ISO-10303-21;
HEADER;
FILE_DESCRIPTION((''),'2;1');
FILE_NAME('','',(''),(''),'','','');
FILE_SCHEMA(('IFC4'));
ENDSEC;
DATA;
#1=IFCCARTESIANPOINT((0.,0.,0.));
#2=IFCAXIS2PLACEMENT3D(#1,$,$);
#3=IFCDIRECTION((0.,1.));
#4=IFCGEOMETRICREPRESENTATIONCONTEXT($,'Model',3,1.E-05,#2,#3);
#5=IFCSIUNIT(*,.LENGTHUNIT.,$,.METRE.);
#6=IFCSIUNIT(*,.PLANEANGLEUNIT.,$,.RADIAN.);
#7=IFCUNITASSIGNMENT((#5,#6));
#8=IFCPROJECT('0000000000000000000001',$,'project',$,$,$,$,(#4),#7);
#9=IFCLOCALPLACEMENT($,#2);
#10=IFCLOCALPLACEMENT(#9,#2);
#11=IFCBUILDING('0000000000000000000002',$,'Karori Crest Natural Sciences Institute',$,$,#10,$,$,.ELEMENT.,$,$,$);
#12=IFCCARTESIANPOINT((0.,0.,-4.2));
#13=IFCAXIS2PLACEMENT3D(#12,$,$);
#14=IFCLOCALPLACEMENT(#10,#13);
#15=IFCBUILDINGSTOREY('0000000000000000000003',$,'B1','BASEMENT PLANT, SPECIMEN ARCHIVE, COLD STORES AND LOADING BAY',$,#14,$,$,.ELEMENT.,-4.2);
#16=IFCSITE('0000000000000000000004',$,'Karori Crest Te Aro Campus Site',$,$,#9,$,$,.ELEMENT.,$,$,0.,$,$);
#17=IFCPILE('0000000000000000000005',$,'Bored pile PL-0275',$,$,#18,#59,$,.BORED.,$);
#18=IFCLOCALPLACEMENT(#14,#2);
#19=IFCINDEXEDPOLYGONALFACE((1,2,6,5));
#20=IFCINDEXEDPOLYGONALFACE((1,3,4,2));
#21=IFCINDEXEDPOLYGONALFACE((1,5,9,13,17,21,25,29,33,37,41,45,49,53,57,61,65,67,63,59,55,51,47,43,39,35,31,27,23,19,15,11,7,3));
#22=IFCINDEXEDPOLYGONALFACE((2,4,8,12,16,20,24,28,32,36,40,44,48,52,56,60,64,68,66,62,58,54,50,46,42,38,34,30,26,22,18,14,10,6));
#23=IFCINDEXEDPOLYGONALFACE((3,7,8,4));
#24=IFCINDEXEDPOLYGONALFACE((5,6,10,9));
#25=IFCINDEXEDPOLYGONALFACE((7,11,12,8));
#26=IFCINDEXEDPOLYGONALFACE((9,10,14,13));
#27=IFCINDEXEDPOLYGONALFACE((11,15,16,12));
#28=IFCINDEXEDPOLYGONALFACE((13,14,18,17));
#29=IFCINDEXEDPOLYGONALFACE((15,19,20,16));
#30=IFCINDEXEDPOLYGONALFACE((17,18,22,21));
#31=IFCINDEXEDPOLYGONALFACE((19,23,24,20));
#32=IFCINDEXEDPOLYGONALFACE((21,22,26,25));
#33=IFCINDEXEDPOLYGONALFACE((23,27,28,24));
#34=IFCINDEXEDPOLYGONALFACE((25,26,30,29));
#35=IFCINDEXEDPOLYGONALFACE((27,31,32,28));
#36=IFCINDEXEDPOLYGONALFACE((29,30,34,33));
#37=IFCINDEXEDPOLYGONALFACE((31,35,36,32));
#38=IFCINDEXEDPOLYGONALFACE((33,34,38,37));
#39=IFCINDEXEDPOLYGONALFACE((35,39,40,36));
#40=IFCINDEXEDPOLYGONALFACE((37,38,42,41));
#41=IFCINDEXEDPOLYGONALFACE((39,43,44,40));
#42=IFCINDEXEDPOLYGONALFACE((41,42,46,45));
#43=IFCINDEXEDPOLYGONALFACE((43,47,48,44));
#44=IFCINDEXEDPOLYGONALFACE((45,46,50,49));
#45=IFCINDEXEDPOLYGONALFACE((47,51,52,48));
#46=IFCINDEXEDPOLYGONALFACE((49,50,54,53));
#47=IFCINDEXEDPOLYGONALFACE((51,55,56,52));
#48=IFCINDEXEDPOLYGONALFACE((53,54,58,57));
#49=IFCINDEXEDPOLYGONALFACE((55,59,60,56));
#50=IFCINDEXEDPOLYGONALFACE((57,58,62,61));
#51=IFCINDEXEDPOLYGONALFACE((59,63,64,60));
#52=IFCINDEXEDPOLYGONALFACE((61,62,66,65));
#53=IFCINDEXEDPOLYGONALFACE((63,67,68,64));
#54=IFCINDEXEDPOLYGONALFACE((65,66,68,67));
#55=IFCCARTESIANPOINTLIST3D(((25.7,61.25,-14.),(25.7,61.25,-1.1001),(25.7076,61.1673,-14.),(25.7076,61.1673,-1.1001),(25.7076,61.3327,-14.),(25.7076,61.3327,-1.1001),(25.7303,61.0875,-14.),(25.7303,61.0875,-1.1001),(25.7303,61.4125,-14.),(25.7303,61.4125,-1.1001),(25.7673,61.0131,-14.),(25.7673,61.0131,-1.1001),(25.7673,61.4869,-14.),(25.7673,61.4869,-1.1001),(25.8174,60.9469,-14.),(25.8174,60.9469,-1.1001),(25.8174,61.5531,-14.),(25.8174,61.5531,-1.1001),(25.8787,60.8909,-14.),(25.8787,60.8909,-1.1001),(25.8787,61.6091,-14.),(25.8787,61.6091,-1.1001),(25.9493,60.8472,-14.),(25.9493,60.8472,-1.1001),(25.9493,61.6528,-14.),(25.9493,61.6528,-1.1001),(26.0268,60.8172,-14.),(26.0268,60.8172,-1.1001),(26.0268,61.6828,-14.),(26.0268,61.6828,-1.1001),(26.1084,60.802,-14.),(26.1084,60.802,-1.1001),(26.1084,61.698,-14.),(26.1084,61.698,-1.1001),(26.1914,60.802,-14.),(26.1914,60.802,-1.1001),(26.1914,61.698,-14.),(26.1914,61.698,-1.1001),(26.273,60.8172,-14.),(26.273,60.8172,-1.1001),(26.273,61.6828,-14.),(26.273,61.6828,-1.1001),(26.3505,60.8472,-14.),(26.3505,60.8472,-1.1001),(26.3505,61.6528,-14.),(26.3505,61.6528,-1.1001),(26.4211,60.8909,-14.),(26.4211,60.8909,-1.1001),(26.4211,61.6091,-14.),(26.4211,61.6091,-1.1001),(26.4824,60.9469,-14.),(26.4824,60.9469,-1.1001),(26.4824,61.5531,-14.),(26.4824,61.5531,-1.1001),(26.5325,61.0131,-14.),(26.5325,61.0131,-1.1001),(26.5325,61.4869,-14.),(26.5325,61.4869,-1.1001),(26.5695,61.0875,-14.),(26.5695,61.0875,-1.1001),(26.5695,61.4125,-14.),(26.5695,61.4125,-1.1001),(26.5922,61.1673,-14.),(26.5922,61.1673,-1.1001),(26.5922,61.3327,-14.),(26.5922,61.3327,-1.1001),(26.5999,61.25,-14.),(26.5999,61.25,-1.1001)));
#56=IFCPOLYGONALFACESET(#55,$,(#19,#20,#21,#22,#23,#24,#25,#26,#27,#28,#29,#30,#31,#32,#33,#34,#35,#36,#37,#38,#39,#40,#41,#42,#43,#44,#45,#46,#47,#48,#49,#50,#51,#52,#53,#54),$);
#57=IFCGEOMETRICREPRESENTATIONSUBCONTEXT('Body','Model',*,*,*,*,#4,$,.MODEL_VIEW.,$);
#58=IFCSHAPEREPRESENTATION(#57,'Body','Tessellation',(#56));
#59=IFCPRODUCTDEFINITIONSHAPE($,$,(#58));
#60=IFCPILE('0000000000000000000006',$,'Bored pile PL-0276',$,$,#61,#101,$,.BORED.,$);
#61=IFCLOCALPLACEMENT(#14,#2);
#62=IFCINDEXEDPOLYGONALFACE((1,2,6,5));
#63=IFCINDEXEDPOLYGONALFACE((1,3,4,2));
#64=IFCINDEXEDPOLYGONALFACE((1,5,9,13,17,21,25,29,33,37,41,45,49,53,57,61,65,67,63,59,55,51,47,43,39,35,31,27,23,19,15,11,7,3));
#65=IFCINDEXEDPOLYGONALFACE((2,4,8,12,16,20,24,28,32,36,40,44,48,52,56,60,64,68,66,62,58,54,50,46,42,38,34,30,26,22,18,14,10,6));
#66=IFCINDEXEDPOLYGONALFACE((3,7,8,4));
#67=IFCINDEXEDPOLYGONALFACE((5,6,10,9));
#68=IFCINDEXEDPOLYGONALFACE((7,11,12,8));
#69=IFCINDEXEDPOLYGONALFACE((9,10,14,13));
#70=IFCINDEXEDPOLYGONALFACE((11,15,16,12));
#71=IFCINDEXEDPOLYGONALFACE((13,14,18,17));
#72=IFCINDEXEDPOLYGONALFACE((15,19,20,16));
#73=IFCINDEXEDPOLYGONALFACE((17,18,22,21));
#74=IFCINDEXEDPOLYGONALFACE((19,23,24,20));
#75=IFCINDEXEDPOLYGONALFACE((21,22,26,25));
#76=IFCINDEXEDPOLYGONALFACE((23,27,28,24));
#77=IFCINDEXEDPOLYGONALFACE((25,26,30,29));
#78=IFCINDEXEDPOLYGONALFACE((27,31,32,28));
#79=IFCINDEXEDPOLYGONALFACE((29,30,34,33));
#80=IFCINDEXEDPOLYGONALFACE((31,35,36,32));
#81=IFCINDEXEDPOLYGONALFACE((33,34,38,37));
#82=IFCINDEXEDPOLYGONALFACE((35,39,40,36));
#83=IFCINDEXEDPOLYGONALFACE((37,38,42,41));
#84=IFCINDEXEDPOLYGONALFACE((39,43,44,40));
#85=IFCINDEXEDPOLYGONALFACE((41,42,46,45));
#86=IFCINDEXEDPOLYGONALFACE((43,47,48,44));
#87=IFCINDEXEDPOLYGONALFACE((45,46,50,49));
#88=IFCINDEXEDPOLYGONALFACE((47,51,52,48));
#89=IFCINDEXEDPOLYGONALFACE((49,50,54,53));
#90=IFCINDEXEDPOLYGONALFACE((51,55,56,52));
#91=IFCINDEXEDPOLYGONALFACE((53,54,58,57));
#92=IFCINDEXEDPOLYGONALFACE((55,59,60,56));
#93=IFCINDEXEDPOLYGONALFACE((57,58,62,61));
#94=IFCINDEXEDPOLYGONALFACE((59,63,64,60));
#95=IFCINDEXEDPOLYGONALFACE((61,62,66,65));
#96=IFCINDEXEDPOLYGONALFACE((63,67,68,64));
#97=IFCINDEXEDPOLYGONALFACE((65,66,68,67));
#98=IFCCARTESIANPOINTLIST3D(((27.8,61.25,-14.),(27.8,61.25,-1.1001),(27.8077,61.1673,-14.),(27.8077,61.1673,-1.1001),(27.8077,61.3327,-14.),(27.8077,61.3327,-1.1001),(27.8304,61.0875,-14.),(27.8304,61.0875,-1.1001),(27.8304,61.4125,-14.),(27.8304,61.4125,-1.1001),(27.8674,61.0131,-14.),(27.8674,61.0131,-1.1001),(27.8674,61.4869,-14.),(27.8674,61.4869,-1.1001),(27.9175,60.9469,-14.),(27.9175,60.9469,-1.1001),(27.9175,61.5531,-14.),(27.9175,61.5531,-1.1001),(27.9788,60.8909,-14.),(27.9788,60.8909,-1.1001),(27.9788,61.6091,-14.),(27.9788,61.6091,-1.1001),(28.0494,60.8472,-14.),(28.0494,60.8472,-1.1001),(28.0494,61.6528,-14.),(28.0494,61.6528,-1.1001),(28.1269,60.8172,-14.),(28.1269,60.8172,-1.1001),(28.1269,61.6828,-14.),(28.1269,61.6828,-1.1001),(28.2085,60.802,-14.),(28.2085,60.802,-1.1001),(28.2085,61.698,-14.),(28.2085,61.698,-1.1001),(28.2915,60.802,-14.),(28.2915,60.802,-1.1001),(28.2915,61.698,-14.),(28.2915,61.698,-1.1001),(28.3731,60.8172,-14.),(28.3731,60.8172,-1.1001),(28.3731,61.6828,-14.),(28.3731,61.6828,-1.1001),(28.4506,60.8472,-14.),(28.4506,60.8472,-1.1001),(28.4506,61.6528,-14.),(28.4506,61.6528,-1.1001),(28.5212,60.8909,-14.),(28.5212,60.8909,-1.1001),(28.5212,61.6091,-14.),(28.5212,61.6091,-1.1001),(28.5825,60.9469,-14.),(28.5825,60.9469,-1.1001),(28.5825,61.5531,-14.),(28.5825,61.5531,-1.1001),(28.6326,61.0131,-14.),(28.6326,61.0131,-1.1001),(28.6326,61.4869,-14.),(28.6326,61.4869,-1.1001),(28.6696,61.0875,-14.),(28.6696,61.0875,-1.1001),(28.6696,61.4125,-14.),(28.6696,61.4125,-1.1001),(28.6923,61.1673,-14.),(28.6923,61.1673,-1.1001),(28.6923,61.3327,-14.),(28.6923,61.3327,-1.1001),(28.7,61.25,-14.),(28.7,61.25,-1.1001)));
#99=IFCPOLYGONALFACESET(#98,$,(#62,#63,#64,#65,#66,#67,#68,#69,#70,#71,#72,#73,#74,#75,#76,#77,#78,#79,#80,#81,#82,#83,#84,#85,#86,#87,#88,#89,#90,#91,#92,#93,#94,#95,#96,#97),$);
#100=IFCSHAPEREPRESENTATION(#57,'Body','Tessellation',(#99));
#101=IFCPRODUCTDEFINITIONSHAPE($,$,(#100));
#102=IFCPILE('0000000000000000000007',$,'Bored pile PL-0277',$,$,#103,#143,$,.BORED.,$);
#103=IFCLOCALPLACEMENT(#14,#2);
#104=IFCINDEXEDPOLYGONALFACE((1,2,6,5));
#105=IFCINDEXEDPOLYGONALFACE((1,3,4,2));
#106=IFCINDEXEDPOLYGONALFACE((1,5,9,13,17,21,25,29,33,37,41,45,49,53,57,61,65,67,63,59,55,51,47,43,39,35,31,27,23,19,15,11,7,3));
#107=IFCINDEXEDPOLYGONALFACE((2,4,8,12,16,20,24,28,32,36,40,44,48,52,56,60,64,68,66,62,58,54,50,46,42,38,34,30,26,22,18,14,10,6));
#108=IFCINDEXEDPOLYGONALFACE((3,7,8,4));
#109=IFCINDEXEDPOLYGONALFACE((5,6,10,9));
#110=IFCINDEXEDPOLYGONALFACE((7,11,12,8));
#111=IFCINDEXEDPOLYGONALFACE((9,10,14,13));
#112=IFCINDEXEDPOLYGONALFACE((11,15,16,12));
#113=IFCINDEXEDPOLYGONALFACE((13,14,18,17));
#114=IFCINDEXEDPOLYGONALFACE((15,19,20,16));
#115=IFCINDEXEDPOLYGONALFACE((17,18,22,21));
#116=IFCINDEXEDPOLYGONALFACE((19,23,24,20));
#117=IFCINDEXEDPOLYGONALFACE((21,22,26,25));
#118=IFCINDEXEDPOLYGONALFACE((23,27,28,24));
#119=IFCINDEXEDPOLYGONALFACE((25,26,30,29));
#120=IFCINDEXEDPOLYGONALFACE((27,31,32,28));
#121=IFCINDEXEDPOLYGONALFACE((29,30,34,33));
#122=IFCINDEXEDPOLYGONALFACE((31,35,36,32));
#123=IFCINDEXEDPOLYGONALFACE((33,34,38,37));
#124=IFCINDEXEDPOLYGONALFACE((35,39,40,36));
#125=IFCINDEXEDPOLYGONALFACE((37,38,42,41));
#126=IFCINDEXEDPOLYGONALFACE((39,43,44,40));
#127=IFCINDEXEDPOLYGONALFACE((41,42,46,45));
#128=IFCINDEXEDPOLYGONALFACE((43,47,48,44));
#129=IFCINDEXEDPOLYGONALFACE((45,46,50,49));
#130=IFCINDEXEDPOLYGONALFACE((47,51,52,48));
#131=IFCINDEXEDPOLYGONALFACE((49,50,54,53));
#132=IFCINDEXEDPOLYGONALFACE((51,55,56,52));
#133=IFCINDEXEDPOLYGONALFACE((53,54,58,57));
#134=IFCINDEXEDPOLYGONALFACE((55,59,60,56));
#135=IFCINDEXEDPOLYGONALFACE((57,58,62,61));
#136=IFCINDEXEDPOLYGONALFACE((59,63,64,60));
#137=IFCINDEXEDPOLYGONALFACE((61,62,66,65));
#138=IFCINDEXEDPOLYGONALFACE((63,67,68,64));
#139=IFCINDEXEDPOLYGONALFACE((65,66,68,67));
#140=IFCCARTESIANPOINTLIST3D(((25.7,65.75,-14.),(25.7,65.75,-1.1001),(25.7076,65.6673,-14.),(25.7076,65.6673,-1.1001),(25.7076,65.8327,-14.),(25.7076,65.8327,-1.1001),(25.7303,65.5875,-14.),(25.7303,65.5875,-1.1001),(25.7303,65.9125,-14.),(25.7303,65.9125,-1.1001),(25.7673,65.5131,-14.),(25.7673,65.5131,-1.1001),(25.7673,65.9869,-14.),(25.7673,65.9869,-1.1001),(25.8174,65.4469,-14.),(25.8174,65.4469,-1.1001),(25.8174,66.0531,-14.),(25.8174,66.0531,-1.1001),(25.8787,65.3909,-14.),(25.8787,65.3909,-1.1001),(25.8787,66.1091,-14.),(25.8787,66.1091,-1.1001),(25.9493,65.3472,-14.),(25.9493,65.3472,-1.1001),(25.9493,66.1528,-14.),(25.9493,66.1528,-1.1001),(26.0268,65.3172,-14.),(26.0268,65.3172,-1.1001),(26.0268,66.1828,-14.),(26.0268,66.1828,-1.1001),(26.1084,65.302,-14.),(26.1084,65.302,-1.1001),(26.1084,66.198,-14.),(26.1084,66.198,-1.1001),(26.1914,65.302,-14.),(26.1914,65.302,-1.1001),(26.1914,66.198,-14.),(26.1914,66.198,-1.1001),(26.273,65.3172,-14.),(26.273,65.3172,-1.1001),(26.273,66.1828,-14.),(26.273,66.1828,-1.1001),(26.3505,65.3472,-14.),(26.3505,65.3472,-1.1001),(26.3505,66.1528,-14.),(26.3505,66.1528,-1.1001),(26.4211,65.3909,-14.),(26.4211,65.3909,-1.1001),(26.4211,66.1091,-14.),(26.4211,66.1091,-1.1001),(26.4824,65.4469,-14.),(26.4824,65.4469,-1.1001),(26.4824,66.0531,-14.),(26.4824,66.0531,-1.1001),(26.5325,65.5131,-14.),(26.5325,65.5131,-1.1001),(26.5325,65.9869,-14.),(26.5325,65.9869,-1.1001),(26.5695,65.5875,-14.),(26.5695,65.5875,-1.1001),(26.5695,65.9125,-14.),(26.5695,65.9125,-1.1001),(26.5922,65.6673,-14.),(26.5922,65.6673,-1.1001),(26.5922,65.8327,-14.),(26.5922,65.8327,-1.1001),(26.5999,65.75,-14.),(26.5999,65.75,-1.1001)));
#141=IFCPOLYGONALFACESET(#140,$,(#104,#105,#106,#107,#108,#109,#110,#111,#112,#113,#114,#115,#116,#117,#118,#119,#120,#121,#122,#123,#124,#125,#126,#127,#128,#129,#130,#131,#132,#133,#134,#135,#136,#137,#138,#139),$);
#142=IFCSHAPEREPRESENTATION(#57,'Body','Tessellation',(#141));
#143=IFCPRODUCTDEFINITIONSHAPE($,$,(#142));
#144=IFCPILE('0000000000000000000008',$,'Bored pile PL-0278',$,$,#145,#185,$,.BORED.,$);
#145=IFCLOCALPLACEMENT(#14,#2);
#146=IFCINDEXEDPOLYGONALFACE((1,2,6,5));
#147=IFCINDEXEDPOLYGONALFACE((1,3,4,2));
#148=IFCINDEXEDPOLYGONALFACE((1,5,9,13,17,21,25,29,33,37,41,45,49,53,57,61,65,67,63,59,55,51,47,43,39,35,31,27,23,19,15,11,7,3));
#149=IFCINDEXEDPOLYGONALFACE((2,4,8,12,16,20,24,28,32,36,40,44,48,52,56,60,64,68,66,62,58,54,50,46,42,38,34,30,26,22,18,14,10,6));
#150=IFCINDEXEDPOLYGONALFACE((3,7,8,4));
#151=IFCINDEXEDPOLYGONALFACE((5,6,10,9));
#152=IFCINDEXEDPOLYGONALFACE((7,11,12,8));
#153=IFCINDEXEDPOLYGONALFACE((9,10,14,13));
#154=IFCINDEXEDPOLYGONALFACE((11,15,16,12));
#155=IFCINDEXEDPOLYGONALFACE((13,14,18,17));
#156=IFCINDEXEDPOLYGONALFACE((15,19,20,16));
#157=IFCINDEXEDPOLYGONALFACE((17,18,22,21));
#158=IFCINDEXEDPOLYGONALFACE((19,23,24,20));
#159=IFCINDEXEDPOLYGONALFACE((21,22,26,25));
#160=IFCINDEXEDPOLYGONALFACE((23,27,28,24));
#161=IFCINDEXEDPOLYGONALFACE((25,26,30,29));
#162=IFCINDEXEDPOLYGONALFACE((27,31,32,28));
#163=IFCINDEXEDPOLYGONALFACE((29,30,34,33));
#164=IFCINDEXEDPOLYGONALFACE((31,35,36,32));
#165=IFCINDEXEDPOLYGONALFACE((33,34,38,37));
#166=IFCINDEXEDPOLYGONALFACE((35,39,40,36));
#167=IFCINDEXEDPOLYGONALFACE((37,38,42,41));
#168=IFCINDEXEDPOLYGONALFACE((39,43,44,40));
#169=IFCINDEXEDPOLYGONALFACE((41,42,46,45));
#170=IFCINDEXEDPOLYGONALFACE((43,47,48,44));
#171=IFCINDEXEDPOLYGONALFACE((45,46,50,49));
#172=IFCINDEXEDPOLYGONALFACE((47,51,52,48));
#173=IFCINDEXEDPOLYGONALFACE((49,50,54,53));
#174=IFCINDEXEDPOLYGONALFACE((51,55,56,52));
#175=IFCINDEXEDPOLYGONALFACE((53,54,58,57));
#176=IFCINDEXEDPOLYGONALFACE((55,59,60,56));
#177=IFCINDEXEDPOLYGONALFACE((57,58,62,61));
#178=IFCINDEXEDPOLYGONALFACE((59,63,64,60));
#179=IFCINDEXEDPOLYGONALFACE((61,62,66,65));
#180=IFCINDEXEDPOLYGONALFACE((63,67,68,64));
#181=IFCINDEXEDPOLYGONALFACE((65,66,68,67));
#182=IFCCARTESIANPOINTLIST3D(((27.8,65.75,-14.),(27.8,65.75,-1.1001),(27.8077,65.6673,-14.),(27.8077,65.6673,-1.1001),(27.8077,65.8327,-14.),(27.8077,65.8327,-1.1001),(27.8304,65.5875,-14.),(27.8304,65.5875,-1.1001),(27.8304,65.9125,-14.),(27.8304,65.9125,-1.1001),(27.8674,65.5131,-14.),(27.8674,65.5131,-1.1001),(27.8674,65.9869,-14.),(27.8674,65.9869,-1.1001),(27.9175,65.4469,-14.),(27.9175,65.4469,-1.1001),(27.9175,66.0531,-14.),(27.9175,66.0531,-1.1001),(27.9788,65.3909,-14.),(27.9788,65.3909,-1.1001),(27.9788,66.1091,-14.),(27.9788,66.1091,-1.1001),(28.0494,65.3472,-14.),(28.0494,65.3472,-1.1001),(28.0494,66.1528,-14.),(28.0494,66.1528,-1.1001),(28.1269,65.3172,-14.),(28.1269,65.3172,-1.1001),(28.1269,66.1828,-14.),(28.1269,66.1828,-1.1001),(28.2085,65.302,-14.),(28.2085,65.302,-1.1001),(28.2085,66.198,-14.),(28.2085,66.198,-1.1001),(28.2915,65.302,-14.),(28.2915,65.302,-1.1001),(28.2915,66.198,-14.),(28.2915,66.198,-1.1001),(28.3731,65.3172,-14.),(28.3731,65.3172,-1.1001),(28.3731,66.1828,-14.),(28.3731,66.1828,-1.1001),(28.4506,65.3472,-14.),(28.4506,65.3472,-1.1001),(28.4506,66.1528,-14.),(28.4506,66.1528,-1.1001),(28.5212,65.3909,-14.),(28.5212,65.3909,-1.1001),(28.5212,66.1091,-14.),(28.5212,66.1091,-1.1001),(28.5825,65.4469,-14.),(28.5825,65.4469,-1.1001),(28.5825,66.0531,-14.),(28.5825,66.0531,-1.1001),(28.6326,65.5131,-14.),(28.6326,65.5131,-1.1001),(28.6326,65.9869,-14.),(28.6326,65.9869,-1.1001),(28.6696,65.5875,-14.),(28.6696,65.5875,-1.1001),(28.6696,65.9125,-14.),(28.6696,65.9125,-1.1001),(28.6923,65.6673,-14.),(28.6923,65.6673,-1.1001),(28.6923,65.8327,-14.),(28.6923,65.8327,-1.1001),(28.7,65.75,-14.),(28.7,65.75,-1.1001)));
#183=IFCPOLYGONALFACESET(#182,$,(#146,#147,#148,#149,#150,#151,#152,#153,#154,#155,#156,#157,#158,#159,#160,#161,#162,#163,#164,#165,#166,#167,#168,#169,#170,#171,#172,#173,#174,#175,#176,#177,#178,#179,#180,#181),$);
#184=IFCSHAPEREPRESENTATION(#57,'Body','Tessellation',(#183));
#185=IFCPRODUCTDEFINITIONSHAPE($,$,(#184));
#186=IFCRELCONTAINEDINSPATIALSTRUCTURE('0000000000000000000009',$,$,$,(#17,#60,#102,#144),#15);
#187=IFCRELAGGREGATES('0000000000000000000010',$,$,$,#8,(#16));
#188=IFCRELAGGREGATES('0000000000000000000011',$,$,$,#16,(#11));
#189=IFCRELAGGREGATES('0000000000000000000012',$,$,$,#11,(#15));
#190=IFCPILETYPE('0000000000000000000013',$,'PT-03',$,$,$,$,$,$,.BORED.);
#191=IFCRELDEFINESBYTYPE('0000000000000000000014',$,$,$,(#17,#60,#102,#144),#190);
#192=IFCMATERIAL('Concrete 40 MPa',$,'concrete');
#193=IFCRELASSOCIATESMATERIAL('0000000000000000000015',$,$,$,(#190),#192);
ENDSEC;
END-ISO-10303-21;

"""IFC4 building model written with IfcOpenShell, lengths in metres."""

from ifc_helpers import new_model, si_unit, direction, frame, origin, origin_2d, place, context, subcontext, project, spatial, circle, extrude, material, material_profile, profile_set, type_object, element, save


model = new_model("IFC4")

# Units and contexts
model_context = context("Model", 3, precision=1e-05, world=origin(), true_north=direction((0.0, 1.0)))
body_context = subcontext(model_context, "Body", "Model", "MODEL_VIEW")
ifc_project = project(units=[si_unit("LENGTHUNIT", "METRE"), si_unit("PLANEANGLEUNIT", "RADIAN")], contexts=[model_context])

# Site, building, storey
site_placement = place(None, origin())
site = spatial("IfcSite", under=ifc_project, at=site_placement, Name="Karori Crest Te Aro Campus Site", CompositionType="ELEMENT", RefElevation=0.0)
building_placement = place(site_placement, origin())
building = spatial("IfcBuilding", under=site, at=building_placement, Name="Karori Crest Natural Sciences Institute", CompositionType="ELEMENT")
storey_placement = place(building_placement, frame((0.0, 0.0, -4.2)))
storey = spatial("IfcBuildingStorey", under=building, at=storey_placement, Name="B1", Description="BASEMENT PLANT, SPECIMEN ARCHIVE, COLD STORES AND LOADING BAY", CompositionType="ELEMENT", Elevation=-4.2)

# Shared definitions
ifc_material_1 = material(Name="Concrete 40 MPa", Category="concrete")

# Piles
ifc_material_profile_1 = material_profile(ifc_material_1, circle(Radius=0.45, at=origin_2d()), Name="PILE900")
ifc_profile_set_1 = profile_set([ifc_material_profile_1], Name="Concrete 40 MPa")
pile_type_1 = type_object("IfcPileType", Name="PT-03", PredefinedType="BORED", material=ifc_profile_set_1)
for number, where, z_axis, x_axis, name in (
    (1, (26.1499, 61.25, -1.1001), (0.0, 0.0, -1.0), (1.0, 0.0, 0.0), "Bored pile PL-0275"),
    (2, (28.25, 61.25, -1.1001), (0.0, 0.0, -1.0), (1.0, 0.0, 0.0), "Bored pile PL-0276"),
    (3, (26.1499, 65.75, -1.1001), (0.0, 0.0, -1.0), (1.0, 0.0, 0.0), "Bored pile PL-0277"),
    (4, (28.25, 65.75, -1.1001), (0.0, 0.0, -1.0), (1.0, 0.0, 0.0), "Bored pile PL-0278"),
):
    element("IfcPile", number, at=place(storey_placement, frame(where, z_axis=z_axis, x_axis=x_axis)), inside=storey, type_object=pile_type_1, Name=name, PredefinedType="BORED", context=body_context, shape_type="SweptSolid", body=[
        extrude(circle(Radius=0.45, at=origin_2d()), origin(), (0.0, 0.0, 1.0), 12.8999),
    ])

save(model, "model.ifc")
